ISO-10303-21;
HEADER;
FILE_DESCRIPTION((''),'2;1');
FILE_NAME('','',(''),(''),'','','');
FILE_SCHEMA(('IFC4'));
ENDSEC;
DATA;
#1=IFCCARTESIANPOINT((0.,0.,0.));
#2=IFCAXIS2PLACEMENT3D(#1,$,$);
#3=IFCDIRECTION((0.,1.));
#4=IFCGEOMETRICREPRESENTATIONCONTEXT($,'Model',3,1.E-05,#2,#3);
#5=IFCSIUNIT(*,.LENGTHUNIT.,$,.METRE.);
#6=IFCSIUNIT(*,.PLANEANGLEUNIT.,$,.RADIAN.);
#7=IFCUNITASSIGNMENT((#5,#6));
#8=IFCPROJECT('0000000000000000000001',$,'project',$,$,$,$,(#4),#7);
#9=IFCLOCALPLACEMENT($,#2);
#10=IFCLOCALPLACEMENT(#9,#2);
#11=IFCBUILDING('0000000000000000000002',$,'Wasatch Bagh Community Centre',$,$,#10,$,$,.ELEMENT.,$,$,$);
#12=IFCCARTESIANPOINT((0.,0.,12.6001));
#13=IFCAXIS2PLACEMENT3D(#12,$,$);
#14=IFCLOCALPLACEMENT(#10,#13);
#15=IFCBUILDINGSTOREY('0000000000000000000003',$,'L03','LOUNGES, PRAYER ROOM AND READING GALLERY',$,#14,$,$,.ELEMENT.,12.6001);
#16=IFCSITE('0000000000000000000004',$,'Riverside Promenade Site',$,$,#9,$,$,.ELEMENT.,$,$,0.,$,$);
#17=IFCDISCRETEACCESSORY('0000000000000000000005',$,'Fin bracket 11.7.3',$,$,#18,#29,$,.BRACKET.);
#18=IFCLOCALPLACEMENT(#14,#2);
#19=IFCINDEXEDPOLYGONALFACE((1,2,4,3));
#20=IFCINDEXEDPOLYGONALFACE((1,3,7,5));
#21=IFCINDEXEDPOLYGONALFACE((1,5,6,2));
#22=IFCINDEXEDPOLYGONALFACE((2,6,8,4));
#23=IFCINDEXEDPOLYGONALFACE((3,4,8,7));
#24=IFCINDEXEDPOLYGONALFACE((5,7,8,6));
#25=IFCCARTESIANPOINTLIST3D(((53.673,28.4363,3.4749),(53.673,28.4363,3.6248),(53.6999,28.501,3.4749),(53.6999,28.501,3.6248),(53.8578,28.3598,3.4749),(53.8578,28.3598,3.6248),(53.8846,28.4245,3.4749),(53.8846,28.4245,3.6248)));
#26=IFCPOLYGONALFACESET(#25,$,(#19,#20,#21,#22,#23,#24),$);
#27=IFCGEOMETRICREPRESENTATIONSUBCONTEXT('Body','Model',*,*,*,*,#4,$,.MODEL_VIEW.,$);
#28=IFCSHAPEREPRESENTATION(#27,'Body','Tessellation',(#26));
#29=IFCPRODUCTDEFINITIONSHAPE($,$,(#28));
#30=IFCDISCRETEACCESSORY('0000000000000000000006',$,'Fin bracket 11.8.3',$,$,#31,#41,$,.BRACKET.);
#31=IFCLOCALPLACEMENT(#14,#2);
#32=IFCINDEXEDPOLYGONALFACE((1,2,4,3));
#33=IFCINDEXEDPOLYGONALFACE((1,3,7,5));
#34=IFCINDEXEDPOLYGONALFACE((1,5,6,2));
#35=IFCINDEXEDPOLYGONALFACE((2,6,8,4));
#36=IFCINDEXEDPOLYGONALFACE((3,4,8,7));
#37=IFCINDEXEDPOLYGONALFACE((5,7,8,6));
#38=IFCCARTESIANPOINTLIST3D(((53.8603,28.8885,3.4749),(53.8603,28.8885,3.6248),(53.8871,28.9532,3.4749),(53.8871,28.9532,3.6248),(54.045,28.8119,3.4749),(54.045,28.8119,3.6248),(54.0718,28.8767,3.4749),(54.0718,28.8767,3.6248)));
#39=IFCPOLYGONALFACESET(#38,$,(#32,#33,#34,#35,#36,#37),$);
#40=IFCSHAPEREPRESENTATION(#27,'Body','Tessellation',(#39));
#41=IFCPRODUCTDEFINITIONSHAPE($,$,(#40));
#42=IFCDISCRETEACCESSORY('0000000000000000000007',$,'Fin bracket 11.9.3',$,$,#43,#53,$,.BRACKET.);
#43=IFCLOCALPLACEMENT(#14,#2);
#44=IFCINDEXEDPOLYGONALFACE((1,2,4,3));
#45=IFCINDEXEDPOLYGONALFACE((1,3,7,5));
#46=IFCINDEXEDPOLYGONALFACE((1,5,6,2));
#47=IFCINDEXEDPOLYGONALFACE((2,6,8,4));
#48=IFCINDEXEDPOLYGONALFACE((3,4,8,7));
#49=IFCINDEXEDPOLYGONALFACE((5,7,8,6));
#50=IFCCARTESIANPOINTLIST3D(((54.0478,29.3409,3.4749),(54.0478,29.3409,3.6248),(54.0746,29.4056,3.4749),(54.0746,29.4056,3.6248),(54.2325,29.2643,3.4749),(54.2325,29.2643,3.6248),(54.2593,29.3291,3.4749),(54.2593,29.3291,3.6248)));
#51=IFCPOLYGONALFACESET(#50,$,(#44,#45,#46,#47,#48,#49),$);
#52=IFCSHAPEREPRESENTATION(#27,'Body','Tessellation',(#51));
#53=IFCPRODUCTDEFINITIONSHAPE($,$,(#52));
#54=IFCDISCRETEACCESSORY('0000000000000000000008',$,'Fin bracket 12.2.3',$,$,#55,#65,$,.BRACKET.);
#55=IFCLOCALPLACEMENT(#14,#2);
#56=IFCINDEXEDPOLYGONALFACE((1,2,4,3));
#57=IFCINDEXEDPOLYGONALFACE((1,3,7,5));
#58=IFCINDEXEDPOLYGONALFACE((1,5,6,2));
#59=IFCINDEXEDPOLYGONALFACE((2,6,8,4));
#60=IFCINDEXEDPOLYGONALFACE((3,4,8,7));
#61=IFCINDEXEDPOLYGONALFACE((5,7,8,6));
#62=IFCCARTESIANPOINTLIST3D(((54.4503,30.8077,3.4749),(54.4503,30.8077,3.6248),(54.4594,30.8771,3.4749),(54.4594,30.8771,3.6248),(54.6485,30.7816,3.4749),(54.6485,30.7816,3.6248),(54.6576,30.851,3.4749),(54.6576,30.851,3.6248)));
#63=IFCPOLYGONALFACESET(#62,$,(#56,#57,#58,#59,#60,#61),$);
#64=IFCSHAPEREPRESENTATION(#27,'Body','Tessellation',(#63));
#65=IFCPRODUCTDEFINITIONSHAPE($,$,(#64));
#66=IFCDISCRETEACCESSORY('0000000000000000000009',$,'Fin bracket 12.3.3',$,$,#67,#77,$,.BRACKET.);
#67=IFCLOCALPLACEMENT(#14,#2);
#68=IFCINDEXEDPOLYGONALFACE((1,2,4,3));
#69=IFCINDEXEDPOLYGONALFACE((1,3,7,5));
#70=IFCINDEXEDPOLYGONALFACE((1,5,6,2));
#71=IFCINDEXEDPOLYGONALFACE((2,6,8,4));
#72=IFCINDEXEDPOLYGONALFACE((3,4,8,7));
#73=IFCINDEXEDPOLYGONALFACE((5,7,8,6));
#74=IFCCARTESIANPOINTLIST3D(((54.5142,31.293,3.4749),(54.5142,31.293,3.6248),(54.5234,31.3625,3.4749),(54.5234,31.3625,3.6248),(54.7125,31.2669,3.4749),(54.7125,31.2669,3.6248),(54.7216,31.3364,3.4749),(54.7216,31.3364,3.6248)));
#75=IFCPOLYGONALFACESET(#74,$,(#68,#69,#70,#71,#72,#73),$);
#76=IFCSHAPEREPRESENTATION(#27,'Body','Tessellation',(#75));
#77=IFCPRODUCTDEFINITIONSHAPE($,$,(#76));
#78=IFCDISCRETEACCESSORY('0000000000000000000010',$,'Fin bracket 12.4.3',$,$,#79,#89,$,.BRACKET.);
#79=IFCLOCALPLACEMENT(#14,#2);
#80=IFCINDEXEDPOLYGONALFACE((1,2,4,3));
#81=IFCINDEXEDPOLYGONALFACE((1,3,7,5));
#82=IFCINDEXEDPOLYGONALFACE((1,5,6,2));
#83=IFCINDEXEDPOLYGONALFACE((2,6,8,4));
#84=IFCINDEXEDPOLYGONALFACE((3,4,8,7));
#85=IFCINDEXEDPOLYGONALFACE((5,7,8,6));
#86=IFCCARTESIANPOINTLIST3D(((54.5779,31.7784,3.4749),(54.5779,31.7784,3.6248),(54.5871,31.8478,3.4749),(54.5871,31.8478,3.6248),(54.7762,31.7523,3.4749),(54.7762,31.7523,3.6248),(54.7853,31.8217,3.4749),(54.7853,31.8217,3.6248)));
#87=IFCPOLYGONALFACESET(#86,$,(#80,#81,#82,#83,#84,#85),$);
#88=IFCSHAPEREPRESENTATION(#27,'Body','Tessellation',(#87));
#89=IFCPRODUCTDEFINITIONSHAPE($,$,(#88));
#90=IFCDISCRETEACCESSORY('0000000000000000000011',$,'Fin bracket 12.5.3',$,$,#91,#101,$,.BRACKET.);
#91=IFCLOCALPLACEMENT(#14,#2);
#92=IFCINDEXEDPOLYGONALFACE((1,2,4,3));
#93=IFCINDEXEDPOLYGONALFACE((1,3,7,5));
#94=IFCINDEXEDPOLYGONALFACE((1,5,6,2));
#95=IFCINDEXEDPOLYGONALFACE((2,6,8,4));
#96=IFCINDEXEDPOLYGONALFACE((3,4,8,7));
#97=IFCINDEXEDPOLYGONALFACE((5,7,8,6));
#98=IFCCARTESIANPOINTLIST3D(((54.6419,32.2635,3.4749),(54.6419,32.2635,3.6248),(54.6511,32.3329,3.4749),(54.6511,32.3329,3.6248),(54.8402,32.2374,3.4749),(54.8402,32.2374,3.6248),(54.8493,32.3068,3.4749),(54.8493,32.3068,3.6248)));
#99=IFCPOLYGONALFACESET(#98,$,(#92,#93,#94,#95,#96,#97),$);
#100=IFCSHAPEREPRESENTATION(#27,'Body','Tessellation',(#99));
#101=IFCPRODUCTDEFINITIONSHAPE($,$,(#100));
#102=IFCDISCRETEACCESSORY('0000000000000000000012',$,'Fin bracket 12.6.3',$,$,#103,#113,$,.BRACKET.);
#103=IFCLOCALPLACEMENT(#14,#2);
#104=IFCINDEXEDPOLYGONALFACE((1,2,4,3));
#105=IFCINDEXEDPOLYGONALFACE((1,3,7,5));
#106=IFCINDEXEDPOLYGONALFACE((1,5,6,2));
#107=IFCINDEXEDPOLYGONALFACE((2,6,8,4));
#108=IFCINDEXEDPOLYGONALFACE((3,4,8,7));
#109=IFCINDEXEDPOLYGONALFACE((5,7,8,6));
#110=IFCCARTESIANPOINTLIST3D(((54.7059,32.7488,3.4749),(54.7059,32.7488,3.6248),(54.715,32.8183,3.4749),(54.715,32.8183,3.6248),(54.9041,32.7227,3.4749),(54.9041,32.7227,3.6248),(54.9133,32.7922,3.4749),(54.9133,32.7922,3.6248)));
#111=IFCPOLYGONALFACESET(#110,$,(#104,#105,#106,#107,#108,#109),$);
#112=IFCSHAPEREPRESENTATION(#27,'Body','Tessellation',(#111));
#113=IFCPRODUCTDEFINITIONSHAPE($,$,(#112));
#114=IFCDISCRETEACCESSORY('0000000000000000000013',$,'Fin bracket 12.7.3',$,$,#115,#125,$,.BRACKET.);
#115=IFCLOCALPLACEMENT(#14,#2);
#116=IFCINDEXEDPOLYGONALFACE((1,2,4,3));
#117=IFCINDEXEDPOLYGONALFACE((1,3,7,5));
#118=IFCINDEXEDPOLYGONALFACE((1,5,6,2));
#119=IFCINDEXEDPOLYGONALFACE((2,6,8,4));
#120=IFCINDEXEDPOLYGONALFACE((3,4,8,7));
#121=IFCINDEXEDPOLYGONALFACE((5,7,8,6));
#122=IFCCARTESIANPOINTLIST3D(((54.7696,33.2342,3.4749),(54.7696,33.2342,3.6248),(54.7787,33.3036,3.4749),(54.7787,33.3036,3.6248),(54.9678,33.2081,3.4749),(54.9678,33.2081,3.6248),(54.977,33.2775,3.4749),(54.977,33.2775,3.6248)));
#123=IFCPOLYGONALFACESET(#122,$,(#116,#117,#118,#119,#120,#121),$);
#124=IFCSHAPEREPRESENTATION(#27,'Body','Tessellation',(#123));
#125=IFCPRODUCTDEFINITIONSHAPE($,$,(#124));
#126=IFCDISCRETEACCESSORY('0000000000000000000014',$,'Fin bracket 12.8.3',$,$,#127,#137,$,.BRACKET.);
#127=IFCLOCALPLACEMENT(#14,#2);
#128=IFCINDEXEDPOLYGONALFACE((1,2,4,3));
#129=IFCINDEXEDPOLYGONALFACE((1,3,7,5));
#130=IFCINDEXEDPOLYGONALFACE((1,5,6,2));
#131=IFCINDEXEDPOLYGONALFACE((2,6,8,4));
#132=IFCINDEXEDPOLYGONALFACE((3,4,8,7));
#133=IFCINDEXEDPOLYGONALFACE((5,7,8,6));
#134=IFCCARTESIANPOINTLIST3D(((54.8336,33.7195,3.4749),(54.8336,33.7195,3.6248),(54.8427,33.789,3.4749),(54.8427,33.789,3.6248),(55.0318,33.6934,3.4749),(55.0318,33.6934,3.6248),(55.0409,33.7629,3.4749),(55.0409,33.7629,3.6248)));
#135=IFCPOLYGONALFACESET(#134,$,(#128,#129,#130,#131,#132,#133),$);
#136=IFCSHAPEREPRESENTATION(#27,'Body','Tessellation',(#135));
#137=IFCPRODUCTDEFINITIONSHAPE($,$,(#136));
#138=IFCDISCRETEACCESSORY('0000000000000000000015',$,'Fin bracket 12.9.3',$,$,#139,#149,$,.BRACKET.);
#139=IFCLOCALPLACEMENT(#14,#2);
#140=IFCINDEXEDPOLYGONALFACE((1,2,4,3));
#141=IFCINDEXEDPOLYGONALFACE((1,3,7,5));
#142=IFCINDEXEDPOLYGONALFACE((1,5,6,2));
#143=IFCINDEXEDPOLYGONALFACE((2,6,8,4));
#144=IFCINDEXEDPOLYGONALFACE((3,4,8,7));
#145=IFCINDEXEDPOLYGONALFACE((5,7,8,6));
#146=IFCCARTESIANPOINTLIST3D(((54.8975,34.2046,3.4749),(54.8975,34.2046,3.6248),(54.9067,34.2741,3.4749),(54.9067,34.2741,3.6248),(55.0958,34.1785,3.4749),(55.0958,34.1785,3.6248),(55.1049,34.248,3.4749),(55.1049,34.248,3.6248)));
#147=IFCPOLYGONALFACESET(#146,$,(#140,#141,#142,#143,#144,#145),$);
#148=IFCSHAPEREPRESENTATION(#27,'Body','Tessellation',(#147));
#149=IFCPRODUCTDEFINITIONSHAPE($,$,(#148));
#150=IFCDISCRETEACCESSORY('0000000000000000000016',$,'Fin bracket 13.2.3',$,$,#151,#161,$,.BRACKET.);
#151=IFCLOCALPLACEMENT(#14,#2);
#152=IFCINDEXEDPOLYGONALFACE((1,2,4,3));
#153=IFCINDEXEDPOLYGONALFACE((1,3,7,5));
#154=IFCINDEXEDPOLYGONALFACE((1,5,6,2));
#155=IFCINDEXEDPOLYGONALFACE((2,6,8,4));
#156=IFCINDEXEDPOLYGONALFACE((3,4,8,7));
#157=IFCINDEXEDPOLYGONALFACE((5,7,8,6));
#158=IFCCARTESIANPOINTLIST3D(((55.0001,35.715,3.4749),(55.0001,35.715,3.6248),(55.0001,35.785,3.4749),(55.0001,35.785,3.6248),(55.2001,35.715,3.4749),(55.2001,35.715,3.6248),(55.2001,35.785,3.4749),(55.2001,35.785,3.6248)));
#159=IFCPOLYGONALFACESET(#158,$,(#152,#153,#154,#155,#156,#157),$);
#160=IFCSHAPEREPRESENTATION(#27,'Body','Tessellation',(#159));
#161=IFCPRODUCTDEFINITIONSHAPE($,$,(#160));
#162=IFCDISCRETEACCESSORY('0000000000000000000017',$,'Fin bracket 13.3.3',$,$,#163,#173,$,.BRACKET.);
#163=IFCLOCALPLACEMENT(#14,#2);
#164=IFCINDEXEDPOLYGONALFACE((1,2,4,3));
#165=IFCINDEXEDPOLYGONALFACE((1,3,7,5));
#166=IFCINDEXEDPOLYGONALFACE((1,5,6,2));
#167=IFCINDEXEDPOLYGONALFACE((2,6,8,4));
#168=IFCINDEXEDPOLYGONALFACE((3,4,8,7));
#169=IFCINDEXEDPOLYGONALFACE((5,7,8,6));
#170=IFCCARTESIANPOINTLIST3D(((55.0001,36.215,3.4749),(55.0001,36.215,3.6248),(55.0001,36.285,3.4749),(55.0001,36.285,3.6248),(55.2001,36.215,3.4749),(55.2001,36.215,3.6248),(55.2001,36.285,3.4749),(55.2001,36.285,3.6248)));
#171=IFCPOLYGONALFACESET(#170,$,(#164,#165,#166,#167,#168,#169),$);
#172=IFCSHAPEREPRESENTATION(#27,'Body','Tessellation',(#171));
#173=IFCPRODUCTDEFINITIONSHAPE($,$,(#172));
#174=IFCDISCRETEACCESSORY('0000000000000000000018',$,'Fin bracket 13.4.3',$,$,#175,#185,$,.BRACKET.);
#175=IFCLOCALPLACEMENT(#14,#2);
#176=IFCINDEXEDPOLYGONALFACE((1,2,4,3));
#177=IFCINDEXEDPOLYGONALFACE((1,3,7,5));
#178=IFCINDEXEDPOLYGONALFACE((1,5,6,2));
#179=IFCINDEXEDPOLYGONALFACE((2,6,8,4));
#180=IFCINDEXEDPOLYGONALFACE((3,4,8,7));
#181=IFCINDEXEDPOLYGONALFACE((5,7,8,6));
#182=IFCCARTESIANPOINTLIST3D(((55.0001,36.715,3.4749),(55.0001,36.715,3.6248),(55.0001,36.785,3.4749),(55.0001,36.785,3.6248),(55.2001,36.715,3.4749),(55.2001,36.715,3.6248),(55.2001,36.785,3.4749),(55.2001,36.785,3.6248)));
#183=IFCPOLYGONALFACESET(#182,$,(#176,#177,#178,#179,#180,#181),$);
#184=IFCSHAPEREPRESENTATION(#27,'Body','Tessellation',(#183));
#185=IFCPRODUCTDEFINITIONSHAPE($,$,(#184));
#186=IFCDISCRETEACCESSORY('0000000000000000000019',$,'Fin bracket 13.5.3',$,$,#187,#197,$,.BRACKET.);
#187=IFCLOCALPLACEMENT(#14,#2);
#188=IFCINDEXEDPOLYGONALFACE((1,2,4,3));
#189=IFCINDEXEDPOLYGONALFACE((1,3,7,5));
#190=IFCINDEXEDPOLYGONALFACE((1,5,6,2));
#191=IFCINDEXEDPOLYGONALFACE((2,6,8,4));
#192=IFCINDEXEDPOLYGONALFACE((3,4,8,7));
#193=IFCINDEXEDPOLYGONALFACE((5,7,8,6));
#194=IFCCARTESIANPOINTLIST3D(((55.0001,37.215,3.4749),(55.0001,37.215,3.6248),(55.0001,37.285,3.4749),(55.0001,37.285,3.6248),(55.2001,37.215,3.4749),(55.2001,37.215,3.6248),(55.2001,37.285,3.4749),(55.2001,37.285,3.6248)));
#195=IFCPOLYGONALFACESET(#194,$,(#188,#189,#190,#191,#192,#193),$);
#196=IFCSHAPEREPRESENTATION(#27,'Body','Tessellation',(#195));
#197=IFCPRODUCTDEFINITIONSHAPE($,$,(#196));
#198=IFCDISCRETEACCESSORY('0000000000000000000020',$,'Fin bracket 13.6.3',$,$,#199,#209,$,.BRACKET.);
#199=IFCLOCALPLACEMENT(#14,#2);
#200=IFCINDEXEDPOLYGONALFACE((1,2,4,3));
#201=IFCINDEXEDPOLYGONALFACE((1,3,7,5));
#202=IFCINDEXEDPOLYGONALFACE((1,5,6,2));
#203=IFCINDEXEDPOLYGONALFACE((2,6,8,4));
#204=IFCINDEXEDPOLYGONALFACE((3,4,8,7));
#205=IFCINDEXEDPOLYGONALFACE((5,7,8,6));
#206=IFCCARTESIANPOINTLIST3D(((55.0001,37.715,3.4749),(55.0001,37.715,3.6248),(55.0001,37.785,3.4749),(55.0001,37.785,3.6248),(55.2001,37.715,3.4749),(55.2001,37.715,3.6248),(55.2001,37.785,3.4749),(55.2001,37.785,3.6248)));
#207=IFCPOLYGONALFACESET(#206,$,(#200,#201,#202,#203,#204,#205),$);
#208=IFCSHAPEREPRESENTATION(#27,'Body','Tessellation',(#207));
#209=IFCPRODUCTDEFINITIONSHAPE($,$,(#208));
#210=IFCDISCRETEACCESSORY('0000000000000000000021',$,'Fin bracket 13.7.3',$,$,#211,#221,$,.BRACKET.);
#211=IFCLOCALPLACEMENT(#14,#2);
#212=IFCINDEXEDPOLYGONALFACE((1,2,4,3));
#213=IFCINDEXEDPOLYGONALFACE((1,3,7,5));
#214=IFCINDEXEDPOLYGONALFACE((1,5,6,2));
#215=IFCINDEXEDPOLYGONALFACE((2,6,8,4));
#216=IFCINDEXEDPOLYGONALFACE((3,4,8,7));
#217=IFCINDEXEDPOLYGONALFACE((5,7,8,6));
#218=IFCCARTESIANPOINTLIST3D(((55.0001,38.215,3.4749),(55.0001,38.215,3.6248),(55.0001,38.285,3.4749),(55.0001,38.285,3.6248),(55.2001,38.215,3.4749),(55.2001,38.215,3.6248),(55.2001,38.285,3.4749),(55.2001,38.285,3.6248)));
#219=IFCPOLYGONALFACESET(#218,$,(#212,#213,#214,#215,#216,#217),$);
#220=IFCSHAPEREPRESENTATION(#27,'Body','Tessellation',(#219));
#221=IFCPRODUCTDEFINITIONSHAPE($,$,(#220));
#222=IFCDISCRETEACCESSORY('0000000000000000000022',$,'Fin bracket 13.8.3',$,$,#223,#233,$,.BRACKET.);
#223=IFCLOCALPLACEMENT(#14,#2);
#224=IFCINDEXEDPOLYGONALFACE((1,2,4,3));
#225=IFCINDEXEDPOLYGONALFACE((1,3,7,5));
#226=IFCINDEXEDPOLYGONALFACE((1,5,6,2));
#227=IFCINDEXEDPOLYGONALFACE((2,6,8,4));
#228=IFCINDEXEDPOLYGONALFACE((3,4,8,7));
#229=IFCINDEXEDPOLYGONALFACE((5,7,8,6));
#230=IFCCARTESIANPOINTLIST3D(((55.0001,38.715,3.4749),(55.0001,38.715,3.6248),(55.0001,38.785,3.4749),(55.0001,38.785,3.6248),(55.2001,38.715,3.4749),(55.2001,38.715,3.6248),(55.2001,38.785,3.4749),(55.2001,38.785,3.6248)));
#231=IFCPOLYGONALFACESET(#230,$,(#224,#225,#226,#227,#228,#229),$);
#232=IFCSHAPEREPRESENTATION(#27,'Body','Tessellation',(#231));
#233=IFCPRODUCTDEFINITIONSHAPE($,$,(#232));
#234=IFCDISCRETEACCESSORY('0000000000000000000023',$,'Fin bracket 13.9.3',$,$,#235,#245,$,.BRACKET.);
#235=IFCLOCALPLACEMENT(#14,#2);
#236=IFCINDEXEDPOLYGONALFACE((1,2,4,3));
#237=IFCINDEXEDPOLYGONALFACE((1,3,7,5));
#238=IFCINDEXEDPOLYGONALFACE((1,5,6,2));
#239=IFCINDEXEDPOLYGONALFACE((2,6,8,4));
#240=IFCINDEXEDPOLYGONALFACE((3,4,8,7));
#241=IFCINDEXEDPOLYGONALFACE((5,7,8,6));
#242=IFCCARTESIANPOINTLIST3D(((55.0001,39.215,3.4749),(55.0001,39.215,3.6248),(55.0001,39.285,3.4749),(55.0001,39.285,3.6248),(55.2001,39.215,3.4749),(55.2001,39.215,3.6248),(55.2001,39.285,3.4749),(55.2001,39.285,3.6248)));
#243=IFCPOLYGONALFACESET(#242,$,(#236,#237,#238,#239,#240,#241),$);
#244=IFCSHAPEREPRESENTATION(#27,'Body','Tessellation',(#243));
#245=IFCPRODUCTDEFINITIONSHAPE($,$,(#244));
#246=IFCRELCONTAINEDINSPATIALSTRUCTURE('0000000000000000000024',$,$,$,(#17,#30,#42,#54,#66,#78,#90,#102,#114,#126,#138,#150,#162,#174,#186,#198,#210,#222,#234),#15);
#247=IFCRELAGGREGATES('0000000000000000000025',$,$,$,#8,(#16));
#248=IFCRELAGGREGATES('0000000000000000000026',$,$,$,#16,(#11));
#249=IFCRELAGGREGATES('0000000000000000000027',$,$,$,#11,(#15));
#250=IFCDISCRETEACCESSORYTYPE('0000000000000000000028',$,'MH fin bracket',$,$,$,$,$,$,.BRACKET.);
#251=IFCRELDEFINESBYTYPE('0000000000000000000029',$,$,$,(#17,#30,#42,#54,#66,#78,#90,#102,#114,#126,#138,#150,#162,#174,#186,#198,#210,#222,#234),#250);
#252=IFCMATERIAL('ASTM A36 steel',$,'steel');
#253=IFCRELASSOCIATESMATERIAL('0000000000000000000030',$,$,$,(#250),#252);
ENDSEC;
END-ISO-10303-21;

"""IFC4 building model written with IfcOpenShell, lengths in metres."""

from ifc_helpers import new_model, si_unit, direction, frame, origin, origin_2d, place, context, subcontext, project, spatial, rectangle, extrude, material, type_object, element, save


model = new_model("IFC4")

# Units and contexts
model_context = context("Model", 3, precision=1e-05, world=origin(), true_north=direction((0.0, 1.0)))
body_context = subcontext(model_context, "Body", "Model", "MODEL_VIEW")
ifc_project = project(units=[si_unit("LENGTHUNIT", "METRE"), si_unit("PLANEANGLEUNIT", "RADIAN")], contexts=[model_context])

# Site, building, storey
site_placement = place(None, origin())
site = spatial("IfcSite", under=ifc_project, at=site_placement, Name="Riverside Promenade Site", CompositionType="ELEMENT", RefElevation=0.0)
building_placement = place(site_placement, origin())
building = spatial("IfcBuilding", under=site, at=building_placement, Name="Wasatch Bagh Community Centre", CompositionType="ELEMENT")
storey_placement = place(building_placement, frame((0.0, 0.0, 12.6001)))
storey = spatial("IfcBuildingStorey", under=building, at=storey_placement, Name="L03", Description="LOUNGES, PRAYER ROOM AND READING GALLERY", CompositionType="ELEMENT", Elevation=12.6001)

# Discrete accessories
ifc_material_1 = material(Name="ASTM A36 steel", Category="steel")
discrete_accessory_type = type_object("IfcDiscreteAccessoryType", Name="MH fin bracket", PredefinedType="BRACKET", material=ifc_material_1)
for number, where, z_axis, x_axis, name in (
    (1, (53.7788, 28.4304, 3.4749), (0.0, 0.0, 1.0), (0.382683, 0.92388, 0.0), "Fin bracket 11.7.3"),
    (2, (53.9661, 28.8826, 3.4749), (0.0, 0.0, 1.0), (0.382683, 0.92388, 0.0), "Fin bracket 11.8.3"),
    (3, (54.1536, 29.335, 3.4749), (0.0, 0.0, 1.0), (0.382683, 0.92388, 0.0), "Fin bracket 11.9.3"),
    (4, (54.554, 30.8293, 3.4749), (0.0, 0.0, 1.0), (0.130526, 0.991445, 0.0), "Fin bracket 12.2.3"),
    (5, (54.6179, 31.3147, 3.4749), (0.0, 0.0, 1.0), (0.130526, 0.991445, 0.0), "Fin bracket 12.3.3"),
    (6, (54.6816, 31.8, 3.4749), (0.0, 0.0, 1.0), (0.130526, 0.991445, 0.0), "Fin bracket 12.4.3"),
    (7, (54.7456, 32.2852, 3.4749), (0.0, 0.0, 1.0), (0.130526, 0.991445, 0.0), "Fin bracket 12.5.3"),
    (8, (54.8096, 32.7705, 3.4749), (0.0, 0.0, 1.0), (0.130526, 0.991445, 0.0), "Fin bracket 12.6.3"),
    (9, (54.8733, 33.2559, 3.4749), (0.0, 0.0, 1.0), (0.130526, 0.991445, 0.0), "Fin bracket 12.7.3"),
    (10, (54.9373, 33.7412, 3.4749), (0.0, 0.0, 1.0), (0.130526, 0.991445, 0.0), "Fin bracket 12.8.3"),
    (11, (55.0012, 34.2263, 3.4749), (0.0, 0.0, 1.0), (0.130526, 0.991445, 0.0), "Fin bracket 12.9.3"),
    (12, (55.1001, 35.75, 3.4749), (0.0, 0.0, 1.0), (0.0, 1.0, 0.0), "Fin bracket 13.2.3"),
    (13, (55.1001, 36.25, 3.4749), (0.0, 0.0, 1.0), (0.0, 1.0, 0.0), "Fin bracket 13.3.3"),
    (14, (55.1001, 36.75, 3.4749), (0.0, 0.0, 1.0), (0.0, 1.0, 0.0), "Fin bracket 13.4.3"),
    (15, (55.1001, 37.25, 3.4749), (0.0, 0.0, 1.0), (0.0, 1.0, 0.0), "Fin bracket 13.5.3"),
    (16, (55.1001, 37.75, 3.4749), (0.0, 0.0, 1.0), (0.0, 1.0, 0.0), "Fin bracket 13.6.3"),
    (17, (55.1001, 38.25, 3.4749), (0.0, 0.0, 1.0), (0.0, 1.0, 0.0), "Fin bracket 13.7.3"),
    (18, (55.1001, 38.75, 3.4749), (0.0, 0.0, 1.0), (0.0, 1.0, 0.0), "Fin bracket 13.8.3"),
    (19, (55.1001, 39.25, 3.4749), (0.0, 0.0, 1.0), (0.0, 1.0, 0.0), "Fin bracket 13.9.3"),
):
    element("IfcDiscreteAccessory", number, at=place(storey_placement, frame(where, z_axis=z_axis, x_axis=x_axis)), inside=storey, type_object=discrete_accessory_type, Name=name, PredefinedType="BRACKET", context=body_context, shape_type="SweptSolid", body=[
        extrude(rectangle(XDim=0.0701, YDim=0.2, at=origin_2d()), origin(), (0.0, 0.0, 1.0), 0.1499),
    ])

save(model, "model.ifc")
